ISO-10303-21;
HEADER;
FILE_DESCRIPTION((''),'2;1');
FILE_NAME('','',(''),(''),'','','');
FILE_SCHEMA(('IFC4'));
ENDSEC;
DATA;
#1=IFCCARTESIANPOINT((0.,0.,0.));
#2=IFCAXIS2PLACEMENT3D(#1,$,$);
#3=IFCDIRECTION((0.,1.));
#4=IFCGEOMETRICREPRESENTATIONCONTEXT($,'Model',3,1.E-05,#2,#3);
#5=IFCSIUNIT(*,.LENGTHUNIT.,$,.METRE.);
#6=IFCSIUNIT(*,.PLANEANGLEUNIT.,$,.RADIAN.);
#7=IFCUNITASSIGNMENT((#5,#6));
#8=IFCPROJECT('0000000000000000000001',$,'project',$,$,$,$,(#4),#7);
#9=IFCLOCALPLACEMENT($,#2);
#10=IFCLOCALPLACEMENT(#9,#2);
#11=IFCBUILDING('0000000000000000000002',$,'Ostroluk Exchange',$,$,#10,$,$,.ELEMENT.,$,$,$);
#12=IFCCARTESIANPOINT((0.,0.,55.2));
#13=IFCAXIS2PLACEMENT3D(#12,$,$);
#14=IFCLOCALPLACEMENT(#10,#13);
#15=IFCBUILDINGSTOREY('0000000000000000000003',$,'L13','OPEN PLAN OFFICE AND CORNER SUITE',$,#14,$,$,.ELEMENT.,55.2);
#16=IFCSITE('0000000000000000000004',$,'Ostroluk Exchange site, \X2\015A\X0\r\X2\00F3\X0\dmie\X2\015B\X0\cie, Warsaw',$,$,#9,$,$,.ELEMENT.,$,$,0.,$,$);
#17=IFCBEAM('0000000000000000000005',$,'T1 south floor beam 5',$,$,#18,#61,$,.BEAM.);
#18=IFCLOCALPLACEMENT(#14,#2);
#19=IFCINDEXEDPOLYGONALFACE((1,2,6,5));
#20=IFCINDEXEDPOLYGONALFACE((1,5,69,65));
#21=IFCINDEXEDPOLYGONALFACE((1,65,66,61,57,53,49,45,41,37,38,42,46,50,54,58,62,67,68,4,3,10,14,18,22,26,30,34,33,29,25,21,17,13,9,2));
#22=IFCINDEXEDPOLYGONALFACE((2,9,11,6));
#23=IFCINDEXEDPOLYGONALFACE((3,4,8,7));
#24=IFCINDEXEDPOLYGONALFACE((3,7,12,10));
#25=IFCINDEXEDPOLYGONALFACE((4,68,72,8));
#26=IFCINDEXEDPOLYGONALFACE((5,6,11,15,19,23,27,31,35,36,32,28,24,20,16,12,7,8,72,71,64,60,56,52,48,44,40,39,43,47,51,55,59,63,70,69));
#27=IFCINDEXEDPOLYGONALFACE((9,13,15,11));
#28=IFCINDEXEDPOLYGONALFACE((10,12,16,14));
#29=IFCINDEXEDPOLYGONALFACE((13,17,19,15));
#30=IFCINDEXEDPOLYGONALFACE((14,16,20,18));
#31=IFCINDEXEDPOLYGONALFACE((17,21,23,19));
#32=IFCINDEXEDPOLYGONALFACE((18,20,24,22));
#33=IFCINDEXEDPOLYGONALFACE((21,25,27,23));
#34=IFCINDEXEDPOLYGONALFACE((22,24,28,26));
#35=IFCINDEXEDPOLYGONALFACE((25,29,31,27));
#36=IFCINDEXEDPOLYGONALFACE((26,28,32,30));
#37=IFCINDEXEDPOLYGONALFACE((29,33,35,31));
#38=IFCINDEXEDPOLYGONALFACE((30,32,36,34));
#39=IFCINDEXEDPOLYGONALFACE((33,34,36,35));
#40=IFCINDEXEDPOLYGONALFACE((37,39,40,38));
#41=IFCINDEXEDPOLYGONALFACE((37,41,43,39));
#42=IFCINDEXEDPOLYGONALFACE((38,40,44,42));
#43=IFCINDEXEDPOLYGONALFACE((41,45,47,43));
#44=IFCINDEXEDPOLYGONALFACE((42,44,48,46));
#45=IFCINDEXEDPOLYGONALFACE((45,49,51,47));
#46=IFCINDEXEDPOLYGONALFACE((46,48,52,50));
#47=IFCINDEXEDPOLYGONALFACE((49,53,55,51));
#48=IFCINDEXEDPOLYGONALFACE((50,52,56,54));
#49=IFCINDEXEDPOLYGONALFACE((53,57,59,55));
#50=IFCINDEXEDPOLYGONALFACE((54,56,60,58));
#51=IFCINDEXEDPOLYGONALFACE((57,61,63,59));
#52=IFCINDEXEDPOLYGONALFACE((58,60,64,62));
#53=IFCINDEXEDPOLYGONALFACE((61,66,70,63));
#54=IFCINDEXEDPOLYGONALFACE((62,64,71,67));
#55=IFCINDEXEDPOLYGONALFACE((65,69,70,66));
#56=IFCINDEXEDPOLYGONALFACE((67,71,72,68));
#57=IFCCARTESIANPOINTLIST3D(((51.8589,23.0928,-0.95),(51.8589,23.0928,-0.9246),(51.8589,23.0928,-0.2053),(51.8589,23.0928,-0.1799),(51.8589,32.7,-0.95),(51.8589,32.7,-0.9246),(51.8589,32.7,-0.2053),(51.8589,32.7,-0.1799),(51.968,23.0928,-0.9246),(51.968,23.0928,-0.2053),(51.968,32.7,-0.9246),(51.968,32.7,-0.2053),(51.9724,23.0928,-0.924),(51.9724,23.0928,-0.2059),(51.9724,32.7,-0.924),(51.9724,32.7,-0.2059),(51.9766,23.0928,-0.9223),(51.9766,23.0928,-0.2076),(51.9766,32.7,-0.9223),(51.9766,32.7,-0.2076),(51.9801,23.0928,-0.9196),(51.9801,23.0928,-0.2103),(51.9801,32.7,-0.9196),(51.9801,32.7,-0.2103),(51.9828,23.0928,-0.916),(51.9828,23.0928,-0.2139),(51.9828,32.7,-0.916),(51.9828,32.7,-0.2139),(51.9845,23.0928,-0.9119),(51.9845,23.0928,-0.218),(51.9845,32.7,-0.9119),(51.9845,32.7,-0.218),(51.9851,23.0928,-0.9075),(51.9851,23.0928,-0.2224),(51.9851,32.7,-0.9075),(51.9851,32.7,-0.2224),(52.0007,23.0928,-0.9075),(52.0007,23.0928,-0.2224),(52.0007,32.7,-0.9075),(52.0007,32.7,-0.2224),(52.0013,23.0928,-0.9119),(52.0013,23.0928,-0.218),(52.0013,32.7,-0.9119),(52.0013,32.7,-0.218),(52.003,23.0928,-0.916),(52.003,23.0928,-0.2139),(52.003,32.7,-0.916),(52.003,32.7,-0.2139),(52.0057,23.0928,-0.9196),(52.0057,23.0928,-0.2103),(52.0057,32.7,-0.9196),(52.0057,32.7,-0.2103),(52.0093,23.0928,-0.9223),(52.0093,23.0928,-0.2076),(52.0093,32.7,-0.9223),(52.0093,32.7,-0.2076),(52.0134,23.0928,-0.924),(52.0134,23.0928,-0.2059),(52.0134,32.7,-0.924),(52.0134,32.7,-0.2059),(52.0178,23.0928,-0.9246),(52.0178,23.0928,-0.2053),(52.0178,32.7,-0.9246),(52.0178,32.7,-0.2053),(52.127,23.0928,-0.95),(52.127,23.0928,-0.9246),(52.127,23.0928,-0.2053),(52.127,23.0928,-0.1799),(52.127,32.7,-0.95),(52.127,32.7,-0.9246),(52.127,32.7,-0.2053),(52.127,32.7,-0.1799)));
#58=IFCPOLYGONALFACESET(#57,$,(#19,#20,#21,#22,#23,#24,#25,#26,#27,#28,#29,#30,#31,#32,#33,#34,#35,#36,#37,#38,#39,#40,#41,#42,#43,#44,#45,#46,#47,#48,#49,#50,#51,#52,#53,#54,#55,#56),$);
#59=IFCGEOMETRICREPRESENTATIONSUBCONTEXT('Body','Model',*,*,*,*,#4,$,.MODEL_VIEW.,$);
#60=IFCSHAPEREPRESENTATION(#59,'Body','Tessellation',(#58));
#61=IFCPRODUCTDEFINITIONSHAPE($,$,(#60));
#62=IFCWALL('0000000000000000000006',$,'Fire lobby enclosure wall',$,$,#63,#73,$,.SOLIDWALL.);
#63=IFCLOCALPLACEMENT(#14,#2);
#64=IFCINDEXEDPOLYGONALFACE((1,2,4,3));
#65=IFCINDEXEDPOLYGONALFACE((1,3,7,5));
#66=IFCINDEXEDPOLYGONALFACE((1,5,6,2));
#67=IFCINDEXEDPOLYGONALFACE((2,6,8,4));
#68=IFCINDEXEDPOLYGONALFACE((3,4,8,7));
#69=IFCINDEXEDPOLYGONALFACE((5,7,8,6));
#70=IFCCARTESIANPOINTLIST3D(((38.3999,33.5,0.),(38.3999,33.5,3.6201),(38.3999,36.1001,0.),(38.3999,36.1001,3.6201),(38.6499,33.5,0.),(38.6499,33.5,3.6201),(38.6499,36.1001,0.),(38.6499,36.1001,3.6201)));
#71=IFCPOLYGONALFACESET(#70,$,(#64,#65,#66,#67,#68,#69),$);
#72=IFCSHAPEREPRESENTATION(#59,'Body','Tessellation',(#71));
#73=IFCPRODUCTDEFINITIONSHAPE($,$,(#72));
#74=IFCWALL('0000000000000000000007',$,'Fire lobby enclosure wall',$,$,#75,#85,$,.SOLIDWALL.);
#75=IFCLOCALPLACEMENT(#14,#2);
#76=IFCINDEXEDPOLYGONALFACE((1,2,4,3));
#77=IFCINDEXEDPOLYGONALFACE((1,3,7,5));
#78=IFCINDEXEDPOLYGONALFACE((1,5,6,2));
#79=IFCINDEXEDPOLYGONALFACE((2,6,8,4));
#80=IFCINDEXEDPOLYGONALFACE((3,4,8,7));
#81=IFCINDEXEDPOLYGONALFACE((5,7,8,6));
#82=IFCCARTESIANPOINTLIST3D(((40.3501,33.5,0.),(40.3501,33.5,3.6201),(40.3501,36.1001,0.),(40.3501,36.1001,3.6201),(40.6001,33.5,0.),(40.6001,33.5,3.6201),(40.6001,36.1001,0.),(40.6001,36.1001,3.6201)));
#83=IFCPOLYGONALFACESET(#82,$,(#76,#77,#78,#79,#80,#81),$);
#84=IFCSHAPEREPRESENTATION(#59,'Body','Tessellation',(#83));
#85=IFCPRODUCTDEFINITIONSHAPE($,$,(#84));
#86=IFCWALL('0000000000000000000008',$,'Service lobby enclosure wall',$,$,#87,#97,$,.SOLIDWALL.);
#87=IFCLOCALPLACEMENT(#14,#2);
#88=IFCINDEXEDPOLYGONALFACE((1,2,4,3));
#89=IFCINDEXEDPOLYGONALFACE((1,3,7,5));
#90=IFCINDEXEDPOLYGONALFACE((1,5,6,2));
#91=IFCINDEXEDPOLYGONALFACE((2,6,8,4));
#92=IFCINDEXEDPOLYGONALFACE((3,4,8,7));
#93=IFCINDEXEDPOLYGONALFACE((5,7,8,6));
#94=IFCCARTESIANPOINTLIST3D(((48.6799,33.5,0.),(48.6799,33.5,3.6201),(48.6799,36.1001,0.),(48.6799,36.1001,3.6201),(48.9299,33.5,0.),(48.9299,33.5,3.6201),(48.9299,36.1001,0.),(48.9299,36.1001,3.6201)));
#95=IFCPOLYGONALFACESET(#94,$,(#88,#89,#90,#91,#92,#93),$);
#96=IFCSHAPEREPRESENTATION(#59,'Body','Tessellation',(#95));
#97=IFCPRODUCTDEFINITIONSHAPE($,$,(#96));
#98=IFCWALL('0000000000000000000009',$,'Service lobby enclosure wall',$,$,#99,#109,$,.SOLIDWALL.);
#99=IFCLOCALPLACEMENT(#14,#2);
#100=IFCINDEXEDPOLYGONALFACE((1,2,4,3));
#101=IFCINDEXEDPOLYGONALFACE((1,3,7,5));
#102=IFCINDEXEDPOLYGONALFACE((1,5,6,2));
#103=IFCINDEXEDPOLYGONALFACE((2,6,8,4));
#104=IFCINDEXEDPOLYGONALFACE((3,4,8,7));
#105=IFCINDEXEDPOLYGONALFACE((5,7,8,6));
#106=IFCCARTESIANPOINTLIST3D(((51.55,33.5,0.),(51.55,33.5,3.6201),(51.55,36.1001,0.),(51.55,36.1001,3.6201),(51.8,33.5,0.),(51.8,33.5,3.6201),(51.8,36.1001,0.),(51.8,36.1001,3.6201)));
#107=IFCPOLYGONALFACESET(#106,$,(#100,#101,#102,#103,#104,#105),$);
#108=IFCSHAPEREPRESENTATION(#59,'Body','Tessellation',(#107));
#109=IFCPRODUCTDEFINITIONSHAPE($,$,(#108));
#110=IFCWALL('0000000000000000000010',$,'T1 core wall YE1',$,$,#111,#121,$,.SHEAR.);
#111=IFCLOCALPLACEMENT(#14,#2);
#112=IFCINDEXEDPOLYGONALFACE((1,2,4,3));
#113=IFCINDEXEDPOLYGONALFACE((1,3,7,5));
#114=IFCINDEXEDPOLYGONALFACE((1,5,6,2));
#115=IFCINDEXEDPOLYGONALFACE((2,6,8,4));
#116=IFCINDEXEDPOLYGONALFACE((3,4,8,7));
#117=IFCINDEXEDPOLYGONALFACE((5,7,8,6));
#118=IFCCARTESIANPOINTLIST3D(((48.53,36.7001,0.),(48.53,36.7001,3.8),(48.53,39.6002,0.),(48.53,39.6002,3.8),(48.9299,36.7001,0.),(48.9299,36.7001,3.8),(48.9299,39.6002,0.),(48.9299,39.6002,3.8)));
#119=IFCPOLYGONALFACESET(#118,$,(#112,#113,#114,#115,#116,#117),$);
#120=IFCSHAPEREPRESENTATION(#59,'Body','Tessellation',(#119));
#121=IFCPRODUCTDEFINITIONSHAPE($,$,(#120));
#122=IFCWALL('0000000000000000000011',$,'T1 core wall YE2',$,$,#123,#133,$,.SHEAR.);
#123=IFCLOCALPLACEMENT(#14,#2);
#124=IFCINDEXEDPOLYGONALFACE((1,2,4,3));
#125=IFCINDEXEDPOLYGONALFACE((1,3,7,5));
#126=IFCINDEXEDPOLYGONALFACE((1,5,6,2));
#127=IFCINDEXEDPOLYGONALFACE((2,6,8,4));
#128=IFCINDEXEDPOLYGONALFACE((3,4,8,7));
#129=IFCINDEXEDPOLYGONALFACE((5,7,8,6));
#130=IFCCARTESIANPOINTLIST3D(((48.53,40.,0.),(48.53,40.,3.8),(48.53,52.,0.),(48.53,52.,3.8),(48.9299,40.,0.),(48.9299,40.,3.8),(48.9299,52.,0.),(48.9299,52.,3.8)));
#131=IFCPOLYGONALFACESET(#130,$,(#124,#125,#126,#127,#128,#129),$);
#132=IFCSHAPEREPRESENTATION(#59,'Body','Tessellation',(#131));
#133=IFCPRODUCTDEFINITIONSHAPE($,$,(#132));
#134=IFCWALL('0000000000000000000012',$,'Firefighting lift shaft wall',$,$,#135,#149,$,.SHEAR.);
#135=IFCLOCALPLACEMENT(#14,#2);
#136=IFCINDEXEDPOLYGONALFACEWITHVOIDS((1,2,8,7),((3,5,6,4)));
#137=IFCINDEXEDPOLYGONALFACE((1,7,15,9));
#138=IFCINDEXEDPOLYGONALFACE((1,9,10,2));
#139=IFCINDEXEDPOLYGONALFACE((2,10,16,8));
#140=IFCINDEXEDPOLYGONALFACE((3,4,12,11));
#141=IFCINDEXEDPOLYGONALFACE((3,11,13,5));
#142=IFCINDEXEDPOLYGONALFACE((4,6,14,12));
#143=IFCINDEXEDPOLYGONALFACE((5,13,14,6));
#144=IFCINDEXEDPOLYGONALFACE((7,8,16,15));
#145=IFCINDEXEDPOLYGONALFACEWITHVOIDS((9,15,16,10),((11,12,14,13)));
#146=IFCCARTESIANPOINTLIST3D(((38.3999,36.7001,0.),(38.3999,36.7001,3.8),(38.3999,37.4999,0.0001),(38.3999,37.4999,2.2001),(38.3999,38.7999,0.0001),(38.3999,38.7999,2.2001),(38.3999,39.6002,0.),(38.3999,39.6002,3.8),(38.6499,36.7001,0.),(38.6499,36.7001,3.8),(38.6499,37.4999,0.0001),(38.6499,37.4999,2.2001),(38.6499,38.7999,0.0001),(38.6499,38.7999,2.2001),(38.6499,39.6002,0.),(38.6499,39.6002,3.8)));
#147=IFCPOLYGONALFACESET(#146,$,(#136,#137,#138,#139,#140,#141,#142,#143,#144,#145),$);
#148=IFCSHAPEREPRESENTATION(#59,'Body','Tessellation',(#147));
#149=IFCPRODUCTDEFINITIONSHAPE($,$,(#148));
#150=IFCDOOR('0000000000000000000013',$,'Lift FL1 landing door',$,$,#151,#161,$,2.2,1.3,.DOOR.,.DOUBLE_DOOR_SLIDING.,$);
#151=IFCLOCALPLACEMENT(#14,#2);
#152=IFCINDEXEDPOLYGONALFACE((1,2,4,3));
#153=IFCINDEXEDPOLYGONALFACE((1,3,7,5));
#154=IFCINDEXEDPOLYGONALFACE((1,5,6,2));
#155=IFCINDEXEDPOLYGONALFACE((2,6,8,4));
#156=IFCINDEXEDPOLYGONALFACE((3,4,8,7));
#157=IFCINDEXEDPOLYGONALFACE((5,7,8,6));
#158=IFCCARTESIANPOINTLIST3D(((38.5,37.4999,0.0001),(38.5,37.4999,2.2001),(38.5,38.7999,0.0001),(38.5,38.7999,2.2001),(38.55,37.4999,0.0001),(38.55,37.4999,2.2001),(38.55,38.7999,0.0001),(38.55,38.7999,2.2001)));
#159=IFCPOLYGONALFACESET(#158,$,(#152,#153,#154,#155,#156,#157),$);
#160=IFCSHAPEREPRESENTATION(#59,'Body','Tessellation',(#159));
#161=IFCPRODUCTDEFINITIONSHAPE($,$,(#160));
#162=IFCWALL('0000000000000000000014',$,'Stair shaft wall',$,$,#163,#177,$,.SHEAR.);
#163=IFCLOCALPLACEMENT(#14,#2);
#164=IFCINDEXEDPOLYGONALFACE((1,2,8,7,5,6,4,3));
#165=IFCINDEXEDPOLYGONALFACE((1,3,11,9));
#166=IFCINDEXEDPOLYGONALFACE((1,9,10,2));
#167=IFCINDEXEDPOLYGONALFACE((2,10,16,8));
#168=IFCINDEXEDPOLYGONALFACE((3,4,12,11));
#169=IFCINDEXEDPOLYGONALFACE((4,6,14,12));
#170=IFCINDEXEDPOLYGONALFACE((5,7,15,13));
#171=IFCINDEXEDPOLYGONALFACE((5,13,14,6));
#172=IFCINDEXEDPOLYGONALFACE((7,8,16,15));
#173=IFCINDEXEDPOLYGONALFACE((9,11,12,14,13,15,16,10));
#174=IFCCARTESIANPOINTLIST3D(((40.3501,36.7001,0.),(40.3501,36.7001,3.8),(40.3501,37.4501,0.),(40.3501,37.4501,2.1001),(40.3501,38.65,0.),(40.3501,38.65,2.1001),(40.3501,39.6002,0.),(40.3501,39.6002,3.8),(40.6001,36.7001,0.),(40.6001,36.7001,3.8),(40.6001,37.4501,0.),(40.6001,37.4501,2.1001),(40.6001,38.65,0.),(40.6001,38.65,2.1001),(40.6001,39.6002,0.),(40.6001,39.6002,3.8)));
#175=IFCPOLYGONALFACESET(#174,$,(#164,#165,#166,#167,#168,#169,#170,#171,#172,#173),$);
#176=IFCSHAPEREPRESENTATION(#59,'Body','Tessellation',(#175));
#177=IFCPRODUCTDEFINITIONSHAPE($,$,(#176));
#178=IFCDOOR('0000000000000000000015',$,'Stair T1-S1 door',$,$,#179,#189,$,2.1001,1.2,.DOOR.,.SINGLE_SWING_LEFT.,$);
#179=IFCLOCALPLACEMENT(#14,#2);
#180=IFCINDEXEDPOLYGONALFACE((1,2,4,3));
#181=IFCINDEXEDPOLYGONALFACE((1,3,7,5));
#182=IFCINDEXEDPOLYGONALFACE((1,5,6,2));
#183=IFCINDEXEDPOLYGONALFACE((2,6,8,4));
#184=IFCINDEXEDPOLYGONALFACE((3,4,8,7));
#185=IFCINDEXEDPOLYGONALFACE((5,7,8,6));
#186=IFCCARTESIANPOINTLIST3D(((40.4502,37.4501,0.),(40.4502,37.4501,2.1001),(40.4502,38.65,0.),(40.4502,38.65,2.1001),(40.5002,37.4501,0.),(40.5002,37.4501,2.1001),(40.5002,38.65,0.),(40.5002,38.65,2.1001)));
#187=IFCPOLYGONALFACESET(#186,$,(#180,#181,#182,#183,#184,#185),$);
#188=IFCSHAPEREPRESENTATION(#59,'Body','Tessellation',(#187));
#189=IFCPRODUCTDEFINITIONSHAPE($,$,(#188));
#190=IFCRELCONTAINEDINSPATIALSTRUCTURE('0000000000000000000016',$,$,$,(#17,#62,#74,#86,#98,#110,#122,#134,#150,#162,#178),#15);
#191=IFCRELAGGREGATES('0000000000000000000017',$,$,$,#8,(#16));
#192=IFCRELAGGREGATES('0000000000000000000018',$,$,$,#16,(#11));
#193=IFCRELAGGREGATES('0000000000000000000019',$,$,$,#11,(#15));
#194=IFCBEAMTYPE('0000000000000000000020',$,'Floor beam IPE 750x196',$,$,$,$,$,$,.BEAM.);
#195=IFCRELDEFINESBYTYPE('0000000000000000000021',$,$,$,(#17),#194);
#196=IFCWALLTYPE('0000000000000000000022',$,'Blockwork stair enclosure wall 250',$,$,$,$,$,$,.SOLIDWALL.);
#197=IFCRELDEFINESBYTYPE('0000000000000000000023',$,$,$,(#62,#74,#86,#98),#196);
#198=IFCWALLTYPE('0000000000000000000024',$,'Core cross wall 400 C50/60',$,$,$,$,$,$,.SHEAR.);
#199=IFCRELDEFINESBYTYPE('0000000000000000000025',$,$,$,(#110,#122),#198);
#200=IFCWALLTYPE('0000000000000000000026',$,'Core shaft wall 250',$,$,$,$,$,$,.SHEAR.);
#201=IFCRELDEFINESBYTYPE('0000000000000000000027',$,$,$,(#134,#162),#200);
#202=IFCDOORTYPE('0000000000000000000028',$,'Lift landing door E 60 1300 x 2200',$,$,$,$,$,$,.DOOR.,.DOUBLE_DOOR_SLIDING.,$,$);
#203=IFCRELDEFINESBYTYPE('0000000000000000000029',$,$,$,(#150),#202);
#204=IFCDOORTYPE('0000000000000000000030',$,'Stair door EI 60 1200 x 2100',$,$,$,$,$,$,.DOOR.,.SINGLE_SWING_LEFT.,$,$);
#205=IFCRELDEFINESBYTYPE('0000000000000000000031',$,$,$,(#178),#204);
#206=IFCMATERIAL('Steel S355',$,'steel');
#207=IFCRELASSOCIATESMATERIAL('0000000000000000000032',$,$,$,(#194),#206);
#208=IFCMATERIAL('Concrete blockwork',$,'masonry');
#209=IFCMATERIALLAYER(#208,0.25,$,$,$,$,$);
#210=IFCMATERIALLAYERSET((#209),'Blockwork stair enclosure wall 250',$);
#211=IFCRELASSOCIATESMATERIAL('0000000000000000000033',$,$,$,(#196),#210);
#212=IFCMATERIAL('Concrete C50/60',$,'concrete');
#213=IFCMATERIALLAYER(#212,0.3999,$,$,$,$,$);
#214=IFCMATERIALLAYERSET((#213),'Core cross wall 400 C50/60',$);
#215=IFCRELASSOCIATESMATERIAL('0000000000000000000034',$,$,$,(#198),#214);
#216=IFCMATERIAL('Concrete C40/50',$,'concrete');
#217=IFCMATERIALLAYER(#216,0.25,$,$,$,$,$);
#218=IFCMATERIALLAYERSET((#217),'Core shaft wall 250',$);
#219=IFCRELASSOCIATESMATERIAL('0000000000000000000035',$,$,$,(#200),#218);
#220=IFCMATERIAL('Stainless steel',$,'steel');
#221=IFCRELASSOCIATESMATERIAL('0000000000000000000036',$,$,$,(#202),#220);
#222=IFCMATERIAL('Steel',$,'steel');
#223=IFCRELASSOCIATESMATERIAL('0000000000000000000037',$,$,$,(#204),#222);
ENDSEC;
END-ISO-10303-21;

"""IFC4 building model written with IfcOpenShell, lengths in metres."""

from ifc_helpers import new_model, si_unit, direction, frame, frame_2d, origin, origin_2d, place, context, subcontext, project, spatial, rectangle, i_section, extrude, material, layer, layer_set, material_profile, profile_set, type_object, element, fill, save


model = new_model("IFC4")

# Units and contexts
model_context = context("Model", 3, precision=1e-05, world=origin(), true_north=direction((0.0, 1.0)))
body_context = subcontext(model_context, "Body", "Model", "MODEL_VIEW")
ifc_project = project(units=[si_unit("LENGTHUNIT", "METRE"), si_unit("PLANEANGLEUNIT", "RADIAN")], contexts=[model_context])

# Site, building, storey
site_placement = place(None, origin())
site = spatial("IfcSite", under=ifc_project, at=site_placement, Name="Ostroluk Exchange site, Śródmieście, Warsaw", CompositionType="ELEMENT", RefElevation=0.0)
building_placement = place(site_placement, origin())
building = spatial("IfcBuilding", under=site, at=building_placement, Name="Ostroluk Exchange", CompositionType="ELEMENT")
storey_placement = place(building_placement, frame((0.0, 0.0, 55.2)))
storey = spatial("IfcBuildingStorey", under=building, at=storey_placement, Name="L13", Description="OPEN PLAN OFFICE AND CORNER SUITE", CompositionType="ELEMENT", Elevation=55.2)

# Beam
ifc_material_1 = material(Name="Steel S355", Category="steel")
ifc_material_profile = material_profile(ifc_material_1, i_section(OverallWidth=0.2681, OverallDepth=0.77, WebThickness=0.0156, FlangeThickness=0.0254, FilletRadius=0.0171, at=origin_2d()), Name="IPE 750x196")
ifc_profile_set = profile_set([ifc_material_profile], Name="Steel S355")
beam_type = type_object("IfcBeamType", Name="Floor beam IPE 750x196", PredefinedType="BEAM", material=ifc_profile_set)
for number, where, z_axis, x_axis, name in (
    (1, (51.9929, 32.7, -0.5649), (0.0, -1.0, 0.0), (1.0, 0.0, 0.0), "T1 south floor beam 5"),
):
    element("IfcBeam", number, at=place(storey_placement, frame(where, z_axis=z_axis, x_axis=x_axis)), inside=storey, type_object=beam_type, Name=name, PredefinedType="BEAM", context=body_context, shape_type="SweptSolid", body=[
        extrude(i_section(OverallWidth=0.2681, OverallDepth=0.77, WebThickness=0.0156, FlangeThickness=0.0254, FilletRadius=0.0171, at=origin_2d()), origin(), (0.0, 0.0, 1.0), 9.6072),
    ])

# Walls
ifc_material_2 = material(Name="Concrete blockwork", Category="masonry")
ifc_layer_1 = layer(ifc_material_2, 0.25)
ifc_layer_set_1 = layer_set([ifc_layer_1], Name="Blockwork stair enclosure wall 250")
wall_type_1 = type_object("IfcWallType", Name="Blockwork stair enclosure wall 250", PredefinedType="SOLIDWALL", material=ifc_layer_set_1)
for number, where, z_axis, x_axis, name in (
    (2, (38.5249, 33.5, 0.0), (0.0, 0.0, 1.0), (0.0, 1.0, 0.0), "Fire lobby enclosure wall"),
    (3, (40.4751, 33.5, 0.0), (0.0, 0.0, 1.0), (0.0, 1.0, 0.0), "Fire lobby enclosure wall"),
    (4, (48.8049, 33.5, 0.0), (0.0, 0.0, 1.0), (0.0, 1.0, 0.0), "Service lobby enclosure wall"),
    (5, (51.675, 33.5, 0.0), (0.0, 0.0, 1.0), (0.0, 1.0, 0.0), "Service lobby enclosure wall"),
):
    element("IfcWall", number, at=place(storey_placement, frame(where, z_axis=z_axis, x_axis=x_axis)), inside=storey, type_object=wall_type_1, Name=name, PredefinedType="SOLIDWALL", context=body_context, shape_type="SweptSolid", body=[
        extrude(rectangle(XDim=2.6001, YDim=0.25, at=frame_2d((1.3, 0.0))), origin(), (0.0, 0.0, 1.0), 3.6201),
    ])
ifc_material_3 = material(Name="Concrete C50/60", Category="concrete")
ifc_layer_2 = layer(ifc_material_3, 0.3999)
ifc_layer_set_2 = layer_set([ifc_layer_2], Name="Core cross wall 400 C50/60")
wall_type_2 = type_object("IfcWallType", Name="Core cross wall 400 C50/60", PredefinedType="SHEAR", material=ifc_layer_set_2)
wall_1_placement = place(storey_placement, frame((48.73, 36.7, 0.0), z_axis=(0.0, 0.0, 1.0), x_axis=(0.0, 1.0, 0.0)))
element("IfcWall", 6, at=wall_1_placement, inside=storey, type_object=wall_type_2, Name="T1 core wall YE1", PredefinedType="SHEAR", context=body_context, shape_type="SweptSolid", body=[
    extrude(rectangle(XDim=2.9001, YDim=0.3999, at=frame_2d((1.4502, 0.0))), origin(), (0.0, 0.0, 1.0), 3.8),
])
wall_2_placement = place(storey_placement, frame((48.73, 40.0, 0.0), z_axis=(0.0, 0.0, 1.0), x_axis=(0.0, 1.0, 0.0)))
element("IfcWall", 7, at=wall_2_placement, inside=storey, type_object=wall_type_2, Name="T1 core wall YE2", PredefinedType="SHEAR", context=body_context, shape_type="SweptSolid", body=[
    extrude(rectangle(XDim=12.0, YDim=0.3999, at=frame_2d((6.0, 0.0))), origin(), (0.0, 0.0, 1.0), 3.8),
])

# Walls, openings, doors
ifc_material_4 = material(Name="Concrete C40/50", Category="concrete")
ifc_layer_3 = layer(ifc_material_4, 0.25)
ifc_layer_set_3 = layer_set([ifc_layer_3], Name="Core shaft wall 250")
wall_type_3 = type_object("IfcWallType", Name="Core shaft wall 250", PredefinedType="SHEAR", material=ifc_layer_set_3)
wall_3_placement = place(storey_placement, frame((38.5249, 36.7, 0.0), z_axis=(0.0, 0.0, 1.0), x_axis=(0.0, 1.0, 0.0)))
wall_3 = element("IfcWall", 8, at=wall_3_placement, inside=storey, type_object=wall_type_3, Name="Firefighting lift shaft wall", PredefinedType="SHEAR", context=body_context, shape_type="SweptSolid", body=[
    extrude(rectangle(XDim=2.9001, YDim=0.25, at=frame_2d((1.4502, 0.0))), origin(), (0.0, 0.0, 1.0), 3.8),
])
opening_1_placement = place(wall_3_placement, frame((0.8, 0.0, 0.0)))
opening_1 = element("IfcOpeningElement", 9, at=opening_1_placement, cuts=wall_3, PredefinedType="OPENING", context=body_context, shape_type="SweptSolid", body=[
    extrude(rectangle(XDim=1.3, YDim=2.2, at=frame_2d((0.6499, 1.1001))), frame((0.0, 0.135, 0.0), z_axis=(0.0, -1.0, 0.0), x_axis=(1.0, 0.0, 0.0)), (0.0, 0.0, 1.0), 0.27),
])
ifc_material_5 = material(Name="Stainless steel", Category="steel")
door_type_1 = type_object("IfcDoorType", Name="Lift landing door E 60 1300 x 2200", OperationType="DOUBLE_DOOR_SLIDING", PredefinedType="DOOR", material=ifc_material_5)
door_1_placement = place(opening_1_placement, origin())
door_1 = element("IfcDoor", 10, at=door_1_placement, inside=storey, type_object=door_type_1, Name="Lift FL1 landing door", OperationType="DOUBLE_DOOR_SLIDING", OverallHeight=2.2, OverallWidth=1.3, PredefinedType="DOOR", context=body_context, shape_type="SweptSolid", body=[
    extrude(rectangle(XDim=1.3, YDim=2.2, at=frame_2d((0.6499, 1.1001))), frame((0.0, 0.0249, 0.0), z_axis=(0.0, -1.0, 0.0), x_axis=(1.0, 0.0, 0.0)), (0.0, 0.0, 1.0), 0.05),
])
fill(opening_1, door_1)
wall_4_placement = place(storey_placement, frame((40.4751, 36.7, 0.0), z_axis=(0.0, 0.0, 1.0), x_axis=(0.0, 1.0, 0.0)))
wall_4 = element("IfcWall", 11, at=wall_4_placement, inside=storey, type_object=wall_type_3, Name="Stair shaft wall", PredefinedType="SHEAR", context=body_context, shape_type="SweptSolid", body=[
    extrude(rectangle(XDim=2.9001, YDim=0.25, at=frame_2d((1.4502, 0.0))), origin(), (0.0, 0.0, 1.0), 3.8),
])
opening_2_placement = place(wall_4_placement, frame((0.75, 0.0, 0.0)))
opening_2 = element("IfcOpeningElement", 12, at=opening_2_placement, cuts=wall_4, PredefinedType="OPENING", context=body_context, shape_type="SweptSolid", body=[
    extrude(rectangle(XDim=1.2, YDim=2.1001, at=frame_2d((0.6001, 1.05))), frame((0.0, 0.135, 0.0), z_axis=(0.0, -1.0, 0.0), x_axis=(1.0, 0.0, 0.0)), (0.0, 0.0, 1.0), 0.27),
])
ifc_material_6 = material(Name="Steel", Category="steel")
door_type_2 = type_object("IfcDoorType", Name="Stair door EI 60 1200 x 2100", OperationType="SINGLE_SWING_LEFT", PredefinedType="DOOR", material=ifc_material_6)
door_2_placement = place(opening_2_placement, origin())
door_2 = element("IfcDoor", 13, at=door_2_placement, inside=storey, type_object=door_type_2, Name="Stair T1-S1 door", OperationType="SINGLE_SWING_LEFT", OverallHeight=2.1001, OverallWidth=1.2, PredefinedType="DOOR", context=body_context, shape_type="SweptSolid", body=[
    extrude(rectangle(XDim=1.2, YDim=2.1001, at=frame_2d((0.6001, 1.05))), frame((0.0, 0.0249, 0.0), z_axis=(0.0, -1.0, 0.0), x_axis=(1.0, 0.0, 0.0)), (0.0, 0.0, 1.0), 0.05),
])
fill(opening_2, door_2)

save(model, "model.ifc")
